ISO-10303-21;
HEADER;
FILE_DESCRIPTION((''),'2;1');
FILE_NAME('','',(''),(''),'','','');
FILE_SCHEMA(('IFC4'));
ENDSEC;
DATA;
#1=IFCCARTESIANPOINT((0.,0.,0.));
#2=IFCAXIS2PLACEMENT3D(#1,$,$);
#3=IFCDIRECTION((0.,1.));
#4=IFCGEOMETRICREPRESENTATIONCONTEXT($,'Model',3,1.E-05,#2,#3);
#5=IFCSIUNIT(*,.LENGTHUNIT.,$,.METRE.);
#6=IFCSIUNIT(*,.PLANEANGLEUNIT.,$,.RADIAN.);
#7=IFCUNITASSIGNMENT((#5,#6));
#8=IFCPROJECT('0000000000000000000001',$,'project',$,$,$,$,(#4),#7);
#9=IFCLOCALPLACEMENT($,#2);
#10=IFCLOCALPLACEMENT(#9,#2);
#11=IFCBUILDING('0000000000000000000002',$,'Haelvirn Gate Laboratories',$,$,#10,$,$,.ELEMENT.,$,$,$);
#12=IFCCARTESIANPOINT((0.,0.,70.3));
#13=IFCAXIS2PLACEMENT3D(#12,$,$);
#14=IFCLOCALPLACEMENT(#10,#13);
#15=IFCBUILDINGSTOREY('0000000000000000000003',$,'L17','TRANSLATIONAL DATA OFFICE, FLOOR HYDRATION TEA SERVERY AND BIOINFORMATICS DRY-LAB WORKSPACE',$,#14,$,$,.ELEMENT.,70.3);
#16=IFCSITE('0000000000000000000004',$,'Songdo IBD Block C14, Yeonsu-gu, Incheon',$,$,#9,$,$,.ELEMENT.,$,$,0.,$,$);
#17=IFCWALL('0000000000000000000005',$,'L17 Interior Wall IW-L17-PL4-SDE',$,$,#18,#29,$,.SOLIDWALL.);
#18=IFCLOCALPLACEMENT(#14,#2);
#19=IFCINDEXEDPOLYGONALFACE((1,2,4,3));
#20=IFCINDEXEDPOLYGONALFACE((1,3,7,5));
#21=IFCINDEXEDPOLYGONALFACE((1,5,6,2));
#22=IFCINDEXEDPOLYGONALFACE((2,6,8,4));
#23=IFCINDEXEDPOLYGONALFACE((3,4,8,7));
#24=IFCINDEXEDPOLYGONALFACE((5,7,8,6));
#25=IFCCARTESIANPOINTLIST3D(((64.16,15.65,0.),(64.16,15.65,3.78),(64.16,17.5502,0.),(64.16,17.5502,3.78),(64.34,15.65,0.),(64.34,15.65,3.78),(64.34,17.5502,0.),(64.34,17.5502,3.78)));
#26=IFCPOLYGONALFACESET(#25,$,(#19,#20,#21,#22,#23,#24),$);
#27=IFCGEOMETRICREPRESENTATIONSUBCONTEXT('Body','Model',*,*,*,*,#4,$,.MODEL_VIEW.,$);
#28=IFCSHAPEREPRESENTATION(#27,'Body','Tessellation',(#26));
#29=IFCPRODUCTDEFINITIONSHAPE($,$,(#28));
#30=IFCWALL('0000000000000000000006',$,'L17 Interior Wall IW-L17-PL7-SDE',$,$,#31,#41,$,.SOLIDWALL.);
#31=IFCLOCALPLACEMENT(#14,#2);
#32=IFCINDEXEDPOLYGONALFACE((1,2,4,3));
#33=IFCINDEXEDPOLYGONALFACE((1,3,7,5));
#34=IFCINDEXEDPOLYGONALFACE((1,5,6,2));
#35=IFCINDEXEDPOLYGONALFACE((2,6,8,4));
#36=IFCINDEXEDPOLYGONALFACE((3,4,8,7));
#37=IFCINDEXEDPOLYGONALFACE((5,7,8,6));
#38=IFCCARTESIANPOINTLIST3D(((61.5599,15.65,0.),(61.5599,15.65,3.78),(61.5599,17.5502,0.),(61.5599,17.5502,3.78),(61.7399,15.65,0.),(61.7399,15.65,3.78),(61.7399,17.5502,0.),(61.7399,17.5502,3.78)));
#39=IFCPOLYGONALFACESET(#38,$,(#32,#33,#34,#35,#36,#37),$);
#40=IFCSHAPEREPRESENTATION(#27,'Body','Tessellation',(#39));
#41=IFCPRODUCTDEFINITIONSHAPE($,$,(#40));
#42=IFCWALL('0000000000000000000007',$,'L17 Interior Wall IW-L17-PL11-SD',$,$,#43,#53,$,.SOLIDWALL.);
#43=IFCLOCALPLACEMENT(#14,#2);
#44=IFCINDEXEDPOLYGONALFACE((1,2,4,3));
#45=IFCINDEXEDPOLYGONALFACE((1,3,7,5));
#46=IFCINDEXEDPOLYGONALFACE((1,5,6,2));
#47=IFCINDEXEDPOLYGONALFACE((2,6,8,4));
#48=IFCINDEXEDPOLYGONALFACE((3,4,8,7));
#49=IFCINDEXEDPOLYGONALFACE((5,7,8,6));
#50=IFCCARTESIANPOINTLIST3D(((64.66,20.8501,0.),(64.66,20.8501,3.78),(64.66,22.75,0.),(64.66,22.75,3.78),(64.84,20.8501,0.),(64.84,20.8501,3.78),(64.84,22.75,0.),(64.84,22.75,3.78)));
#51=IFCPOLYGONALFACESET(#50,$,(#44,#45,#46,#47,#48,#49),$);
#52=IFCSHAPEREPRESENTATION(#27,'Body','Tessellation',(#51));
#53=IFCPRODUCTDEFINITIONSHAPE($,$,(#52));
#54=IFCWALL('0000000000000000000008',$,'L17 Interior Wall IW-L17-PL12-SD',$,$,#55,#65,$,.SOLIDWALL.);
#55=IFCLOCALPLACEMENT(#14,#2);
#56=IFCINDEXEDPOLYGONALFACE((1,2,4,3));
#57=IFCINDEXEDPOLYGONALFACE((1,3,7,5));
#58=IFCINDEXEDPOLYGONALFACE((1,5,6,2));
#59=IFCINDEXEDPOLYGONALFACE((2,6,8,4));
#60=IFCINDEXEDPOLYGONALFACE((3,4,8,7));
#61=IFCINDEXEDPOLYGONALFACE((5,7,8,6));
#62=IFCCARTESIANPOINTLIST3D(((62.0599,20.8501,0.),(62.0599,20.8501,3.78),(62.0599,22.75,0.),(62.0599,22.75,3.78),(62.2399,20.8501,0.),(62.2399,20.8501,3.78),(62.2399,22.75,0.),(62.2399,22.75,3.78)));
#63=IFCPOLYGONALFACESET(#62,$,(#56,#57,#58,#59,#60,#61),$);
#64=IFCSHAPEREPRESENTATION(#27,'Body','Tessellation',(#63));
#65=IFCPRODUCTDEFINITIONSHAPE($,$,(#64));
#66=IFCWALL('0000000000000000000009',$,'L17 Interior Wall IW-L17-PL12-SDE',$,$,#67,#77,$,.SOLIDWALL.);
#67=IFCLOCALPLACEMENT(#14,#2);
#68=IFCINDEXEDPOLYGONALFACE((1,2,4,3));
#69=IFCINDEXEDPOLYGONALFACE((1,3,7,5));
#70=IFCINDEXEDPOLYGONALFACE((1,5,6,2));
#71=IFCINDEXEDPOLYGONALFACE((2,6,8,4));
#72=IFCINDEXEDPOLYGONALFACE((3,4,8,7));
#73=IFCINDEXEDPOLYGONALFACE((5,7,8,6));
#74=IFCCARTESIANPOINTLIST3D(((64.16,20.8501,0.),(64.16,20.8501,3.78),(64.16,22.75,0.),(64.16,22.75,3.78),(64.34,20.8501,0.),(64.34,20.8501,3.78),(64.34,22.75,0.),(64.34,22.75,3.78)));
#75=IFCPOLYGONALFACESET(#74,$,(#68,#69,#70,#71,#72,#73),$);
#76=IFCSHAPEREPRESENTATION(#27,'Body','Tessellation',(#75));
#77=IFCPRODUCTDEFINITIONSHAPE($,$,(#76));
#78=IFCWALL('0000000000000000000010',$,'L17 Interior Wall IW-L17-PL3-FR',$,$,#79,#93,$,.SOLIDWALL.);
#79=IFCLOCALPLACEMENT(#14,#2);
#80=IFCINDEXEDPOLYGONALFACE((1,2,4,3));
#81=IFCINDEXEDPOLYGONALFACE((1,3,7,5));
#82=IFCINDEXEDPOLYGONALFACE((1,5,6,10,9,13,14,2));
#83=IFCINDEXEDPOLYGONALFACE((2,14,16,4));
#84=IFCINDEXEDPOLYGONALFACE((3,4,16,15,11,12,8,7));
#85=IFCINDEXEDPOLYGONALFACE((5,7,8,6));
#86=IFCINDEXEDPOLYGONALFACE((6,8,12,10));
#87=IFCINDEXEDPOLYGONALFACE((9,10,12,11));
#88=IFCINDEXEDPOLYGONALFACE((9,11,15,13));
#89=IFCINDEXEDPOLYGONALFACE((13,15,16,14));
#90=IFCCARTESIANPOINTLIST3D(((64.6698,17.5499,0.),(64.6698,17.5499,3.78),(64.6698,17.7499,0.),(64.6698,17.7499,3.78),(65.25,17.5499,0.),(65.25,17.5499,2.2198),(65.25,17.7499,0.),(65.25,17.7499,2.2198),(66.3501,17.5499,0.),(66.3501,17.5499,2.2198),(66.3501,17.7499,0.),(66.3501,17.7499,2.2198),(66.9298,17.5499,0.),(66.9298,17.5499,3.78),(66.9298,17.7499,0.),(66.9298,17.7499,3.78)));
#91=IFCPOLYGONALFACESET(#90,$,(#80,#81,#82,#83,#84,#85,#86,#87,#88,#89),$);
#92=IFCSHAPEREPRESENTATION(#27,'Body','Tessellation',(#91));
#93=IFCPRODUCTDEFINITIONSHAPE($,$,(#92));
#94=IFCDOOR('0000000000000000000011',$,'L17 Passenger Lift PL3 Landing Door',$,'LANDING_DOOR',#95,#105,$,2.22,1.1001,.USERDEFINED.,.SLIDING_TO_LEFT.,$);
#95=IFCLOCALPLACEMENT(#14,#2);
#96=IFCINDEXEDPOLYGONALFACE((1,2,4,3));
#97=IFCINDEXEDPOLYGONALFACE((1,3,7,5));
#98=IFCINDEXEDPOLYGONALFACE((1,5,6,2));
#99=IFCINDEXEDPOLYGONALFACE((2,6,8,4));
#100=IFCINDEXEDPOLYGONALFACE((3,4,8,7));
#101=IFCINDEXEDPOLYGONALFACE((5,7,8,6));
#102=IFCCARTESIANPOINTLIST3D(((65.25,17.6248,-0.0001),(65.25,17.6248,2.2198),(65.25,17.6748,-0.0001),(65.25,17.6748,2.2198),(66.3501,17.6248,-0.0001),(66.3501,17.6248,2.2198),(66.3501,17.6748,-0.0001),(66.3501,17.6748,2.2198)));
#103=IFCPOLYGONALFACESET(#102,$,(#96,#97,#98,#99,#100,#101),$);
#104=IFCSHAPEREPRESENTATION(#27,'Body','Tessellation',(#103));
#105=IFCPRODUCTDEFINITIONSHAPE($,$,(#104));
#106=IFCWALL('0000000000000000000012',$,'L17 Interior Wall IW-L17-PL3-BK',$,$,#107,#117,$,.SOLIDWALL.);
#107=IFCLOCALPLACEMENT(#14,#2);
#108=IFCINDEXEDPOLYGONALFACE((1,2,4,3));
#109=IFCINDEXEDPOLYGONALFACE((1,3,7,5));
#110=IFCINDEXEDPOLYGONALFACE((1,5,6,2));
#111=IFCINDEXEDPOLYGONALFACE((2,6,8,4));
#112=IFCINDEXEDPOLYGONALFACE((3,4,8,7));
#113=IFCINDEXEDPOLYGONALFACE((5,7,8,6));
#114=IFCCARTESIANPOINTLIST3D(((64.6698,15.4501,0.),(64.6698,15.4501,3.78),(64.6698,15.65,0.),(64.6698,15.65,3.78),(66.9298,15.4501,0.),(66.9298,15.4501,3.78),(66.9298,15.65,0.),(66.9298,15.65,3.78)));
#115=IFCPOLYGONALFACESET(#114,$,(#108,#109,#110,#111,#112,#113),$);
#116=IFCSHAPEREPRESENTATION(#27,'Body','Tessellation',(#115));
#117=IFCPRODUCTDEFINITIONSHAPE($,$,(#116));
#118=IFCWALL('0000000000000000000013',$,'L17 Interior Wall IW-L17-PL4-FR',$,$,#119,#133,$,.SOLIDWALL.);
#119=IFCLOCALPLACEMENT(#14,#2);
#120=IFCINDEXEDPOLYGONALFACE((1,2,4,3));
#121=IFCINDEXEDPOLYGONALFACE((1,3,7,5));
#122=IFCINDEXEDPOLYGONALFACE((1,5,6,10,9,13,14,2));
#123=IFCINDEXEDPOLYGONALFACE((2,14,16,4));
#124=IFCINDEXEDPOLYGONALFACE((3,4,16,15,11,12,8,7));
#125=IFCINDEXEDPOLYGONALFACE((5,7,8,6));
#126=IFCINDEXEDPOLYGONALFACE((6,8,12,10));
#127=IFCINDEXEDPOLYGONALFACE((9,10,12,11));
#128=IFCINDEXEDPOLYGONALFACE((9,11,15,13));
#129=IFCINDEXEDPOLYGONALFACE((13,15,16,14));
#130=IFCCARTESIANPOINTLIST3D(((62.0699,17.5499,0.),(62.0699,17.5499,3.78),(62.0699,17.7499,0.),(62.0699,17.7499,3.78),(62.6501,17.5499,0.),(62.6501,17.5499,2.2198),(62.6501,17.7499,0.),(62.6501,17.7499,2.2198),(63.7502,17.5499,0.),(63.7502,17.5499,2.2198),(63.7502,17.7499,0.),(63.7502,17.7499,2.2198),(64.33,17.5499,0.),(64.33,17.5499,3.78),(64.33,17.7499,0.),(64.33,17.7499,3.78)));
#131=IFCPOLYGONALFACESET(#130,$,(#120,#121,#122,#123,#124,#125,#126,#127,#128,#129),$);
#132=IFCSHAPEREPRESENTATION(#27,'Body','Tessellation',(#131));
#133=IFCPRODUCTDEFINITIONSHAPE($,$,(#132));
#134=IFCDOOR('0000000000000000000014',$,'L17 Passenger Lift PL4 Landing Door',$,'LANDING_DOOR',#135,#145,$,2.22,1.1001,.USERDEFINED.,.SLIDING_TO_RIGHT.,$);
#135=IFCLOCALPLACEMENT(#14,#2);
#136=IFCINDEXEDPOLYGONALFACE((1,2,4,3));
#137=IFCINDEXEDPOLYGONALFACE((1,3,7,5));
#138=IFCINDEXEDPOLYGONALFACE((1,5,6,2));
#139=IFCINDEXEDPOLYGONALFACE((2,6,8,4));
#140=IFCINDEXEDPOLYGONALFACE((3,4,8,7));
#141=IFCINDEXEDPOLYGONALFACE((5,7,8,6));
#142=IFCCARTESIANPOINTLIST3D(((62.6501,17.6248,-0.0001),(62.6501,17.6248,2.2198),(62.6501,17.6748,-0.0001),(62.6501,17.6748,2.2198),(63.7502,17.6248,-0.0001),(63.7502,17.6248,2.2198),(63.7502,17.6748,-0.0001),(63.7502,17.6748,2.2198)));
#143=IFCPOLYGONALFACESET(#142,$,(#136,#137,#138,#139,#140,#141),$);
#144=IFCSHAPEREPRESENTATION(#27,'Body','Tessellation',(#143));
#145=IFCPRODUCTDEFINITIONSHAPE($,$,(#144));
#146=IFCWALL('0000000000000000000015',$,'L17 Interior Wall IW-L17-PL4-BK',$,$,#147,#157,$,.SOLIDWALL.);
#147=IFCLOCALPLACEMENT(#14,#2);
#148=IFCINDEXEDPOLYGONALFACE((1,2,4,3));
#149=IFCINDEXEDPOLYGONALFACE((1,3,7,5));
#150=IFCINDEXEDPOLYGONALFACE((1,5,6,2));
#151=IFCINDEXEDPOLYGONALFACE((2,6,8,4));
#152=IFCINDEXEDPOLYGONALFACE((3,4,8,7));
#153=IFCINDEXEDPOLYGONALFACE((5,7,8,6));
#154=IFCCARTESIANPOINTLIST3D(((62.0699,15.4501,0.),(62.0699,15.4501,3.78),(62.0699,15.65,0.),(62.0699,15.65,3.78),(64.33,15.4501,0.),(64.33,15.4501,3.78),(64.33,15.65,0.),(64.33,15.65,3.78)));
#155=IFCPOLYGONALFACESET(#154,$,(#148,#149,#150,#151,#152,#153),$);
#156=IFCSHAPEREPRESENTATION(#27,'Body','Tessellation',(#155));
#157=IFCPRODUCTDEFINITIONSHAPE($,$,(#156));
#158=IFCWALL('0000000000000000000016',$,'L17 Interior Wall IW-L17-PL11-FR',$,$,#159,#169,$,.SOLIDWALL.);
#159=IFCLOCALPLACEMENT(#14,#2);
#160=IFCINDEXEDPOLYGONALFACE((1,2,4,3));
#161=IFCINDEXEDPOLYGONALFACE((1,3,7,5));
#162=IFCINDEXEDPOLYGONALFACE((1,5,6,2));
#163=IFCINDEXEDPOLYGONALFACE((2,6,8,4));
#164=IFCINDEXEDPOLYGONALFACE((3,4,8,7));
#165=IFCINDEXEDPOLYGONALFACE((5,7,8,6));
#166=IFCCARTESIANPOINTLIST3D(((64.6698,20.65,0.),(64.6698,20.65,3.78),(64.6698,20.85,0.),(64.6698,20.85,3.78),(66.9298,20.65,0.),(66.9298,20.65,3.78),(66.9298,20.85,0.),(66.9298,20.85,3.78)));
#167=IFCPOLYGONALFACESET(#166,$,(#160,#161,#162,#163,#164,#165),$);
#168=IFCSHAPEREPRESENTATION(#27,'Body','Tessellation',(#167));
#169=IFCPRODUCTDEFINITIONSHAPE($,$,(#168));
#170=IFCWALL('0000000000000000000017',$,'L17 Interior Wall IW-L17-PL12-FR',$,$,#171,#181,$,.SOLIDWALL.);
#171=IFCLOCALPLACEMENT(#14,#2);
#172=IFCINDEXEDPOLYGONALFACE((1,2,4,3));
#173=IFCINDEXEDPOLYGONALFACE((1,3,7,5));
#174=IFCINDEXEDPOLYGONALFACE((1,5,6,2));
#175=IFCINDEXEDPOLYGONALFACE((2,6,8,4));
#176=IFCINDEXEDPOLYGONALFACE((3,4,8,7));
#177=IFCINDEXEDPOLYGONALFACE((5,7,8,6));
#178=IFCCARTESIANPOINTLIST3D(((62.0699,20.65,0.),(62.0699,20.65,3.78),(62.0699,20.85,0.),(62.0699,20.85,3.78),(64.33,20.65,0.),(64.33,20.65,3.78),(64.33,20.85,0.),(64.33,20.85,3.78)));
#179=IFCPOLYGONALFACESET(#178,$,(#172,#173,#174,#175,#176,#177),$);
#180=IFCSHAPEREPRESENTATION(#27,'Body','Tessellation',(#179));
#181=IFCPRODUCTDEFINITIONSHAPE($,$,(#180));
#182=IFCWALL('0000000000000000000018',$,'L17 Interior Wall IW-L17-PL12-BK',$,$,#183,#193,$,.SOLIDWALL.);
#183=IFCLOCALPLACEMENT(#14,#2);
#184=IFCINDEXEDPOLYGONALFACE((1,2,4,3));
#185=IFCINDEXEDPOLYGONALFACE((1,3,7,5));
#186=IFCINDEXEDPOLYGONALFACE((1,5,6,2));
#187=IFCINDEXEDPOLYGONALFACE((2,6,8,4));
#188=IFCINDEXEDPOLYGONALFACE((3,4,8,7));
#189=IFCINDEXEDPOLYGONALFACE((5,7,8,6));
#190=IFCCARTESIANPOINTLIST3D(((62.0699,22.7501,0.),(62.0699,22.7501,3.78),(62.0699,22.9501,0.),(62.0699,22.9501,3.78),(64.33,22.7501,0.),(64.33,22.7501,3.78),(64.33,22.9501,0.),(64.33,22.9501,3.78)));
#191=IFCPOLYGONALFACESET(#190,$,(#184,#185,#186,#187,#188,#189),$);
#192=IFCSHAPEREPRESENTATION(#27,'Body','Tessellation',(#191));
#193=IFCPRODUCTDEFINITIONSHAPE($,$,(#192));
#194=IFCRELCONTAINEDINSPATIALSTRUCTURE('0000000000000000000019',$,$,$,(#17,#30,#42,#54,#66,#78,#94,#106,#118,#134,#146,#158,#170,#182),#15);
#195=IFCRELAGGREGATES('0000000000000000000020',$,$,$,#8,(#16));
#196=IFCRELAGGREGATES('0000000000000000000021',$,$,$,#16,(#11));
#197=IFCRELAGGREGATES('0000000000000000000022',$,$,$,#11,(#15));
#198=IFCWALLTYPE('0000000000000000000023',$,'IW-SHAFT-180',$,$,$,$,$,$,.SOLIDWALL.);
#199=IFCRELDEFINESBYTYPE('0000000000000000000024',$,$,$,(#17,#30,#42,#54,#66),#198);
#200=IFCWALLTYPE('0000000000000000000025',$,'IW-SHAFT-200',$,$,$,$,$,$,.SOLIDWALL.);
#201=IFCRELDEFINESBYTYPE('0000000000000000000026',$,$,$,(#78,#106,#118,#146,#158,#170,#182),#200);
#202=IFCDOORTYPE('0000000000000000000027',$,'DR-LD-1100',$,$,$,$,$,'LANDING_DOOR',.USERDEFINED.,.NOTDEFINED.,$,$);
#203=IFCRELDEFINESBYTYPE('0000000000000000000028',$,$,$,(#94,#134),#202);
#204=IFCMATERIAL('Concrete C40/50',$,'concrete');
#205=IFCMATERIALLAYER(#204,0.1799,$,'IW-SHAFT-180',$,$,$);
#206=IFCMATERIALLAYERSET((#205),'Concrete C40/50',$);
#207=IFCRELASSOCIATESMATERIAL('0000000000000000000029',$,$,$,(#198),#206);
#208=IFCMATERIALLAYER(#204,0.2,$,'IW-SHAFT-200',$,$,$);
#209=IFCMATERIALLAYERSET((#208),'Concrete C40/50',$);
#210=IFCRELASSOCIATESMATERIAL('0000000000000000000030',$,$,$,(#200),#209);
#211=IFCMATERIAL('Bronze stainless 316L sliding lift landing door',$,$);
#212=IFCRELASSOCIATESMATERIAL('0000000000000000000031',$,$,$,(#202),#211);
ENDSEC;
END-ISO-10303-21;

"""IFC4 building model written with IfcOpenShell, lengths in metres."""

from ifc_helpers import new_model, si_unit, direction, frame, frame_2d, origin, place, context, subcontext, project, spatial, rectangle, extrude, source, transform, mapped, material, layer, layer_set, type_object, type_shapes, element, fill, save


model = new_model("IFC4")

# Units and contexts
model_context = context("Model", 3, precision=1e-05, world=origin(), true_north=direction((0.0, 1.0)))
body_context = subcontext(model_context, "Body", "Model", "MODEL_VIEW")
ifc_project = project(units=[si_unit("LENGTHUNIT", "METRE"), si_unit("PLANEANGLEUNIT", "RADIAN")], contexts=[model_context])

# Site, building, storey
site_placement = place(None, origin())
site = spatial("IfcSite", under=ifc_project, at=site_placement, Name="Songdo IBD Block C14, Yeonsu-gu, Incheon", CompositionType="ELEMENT", RefElevation=0.0)
building_placement = place(site_placement, origin())
building = spatial("IfcBuilding", under=site, at=building_placement, Name="Haelvirn Gate Laboratories", CompositionType="ELEMENT")
storey_placement = place(building_placement, frame((0.0, 0.0, 70.3)))
storey = spatial("IfcBuildingStorey", under=building, at=storey_placement, Name="L17", Description="TRANSLATIONAL DATA OFFICE, FLOOR HYDRATION TEA SERVERY AND BIOINFORMATICS DRY-LAB WORKSPACE", CompositionType="ELEMENT", Elevation=70.3)

# Walls
ifc_material_1 = material(Name="Concrete C40/50", Category="concrete")
ifc_layer_1 = layer(ifc_material_1, 0.1799, Name="IW-SHAFT-180")
ifc_layer_set_1 = layer_set([ifc_layer_1], Name="Concrete C40/50")
wall_type_1 = type_object("IfcWallType", Name="IW-SHAFT-180", PredefinedType="SOLIDWALL", material=ifc_layer_set_1)
for number, where, z_axis, x_axis, name in (
    (1, (64.25, 15.6499, 0.0), (0.0, 0.0, 1.0), (0.0, 1.0, 0.0), "L17 Interior Wall IW-L17-PL4-SDE"),
    (2, (61.6499, 15.6499, 0.0), (0.0, 0.0, 1.0), (0.0, 1.0, 0.0), "L17 Interior Wall IW-L17-PL7-SDE"),
):
    element("IfcWall", number, at=place(storey_placement, frame(where, z_axis=z_axis, x_axis=x_axis)), inside=storey, type_object=wall_type_1, Name=name, PredefinedType="SOLIDWALL", context=body_context, shape_type="SweptSolid", body=[
        extrude(rectangle(XDim=1.9001, YDim=0.1799, at=frame_2d((0.9502, 0.0))), origin(), (0.0, 0.0, 1.0), 3.78),
    ])
for number, where, z_axis, x_axis, name in (
    (3, (64.75, 20.8501, 0.0), (0.0, 0.0, 1.0), (0.0, 1.0, 0.0), "L17 Interior Wall IW-L17-PL11-SD"),
    (4, (62.1499, 20.8501, 0.0), (0.0, 0.0, 1.0), (0.0, 1.0, 0.0), "L17 Interior Wall IW-L17-PL12-SD"),
    (5, (64.25, 20.8501, 0.0), (0.0, 0.0, 1.0), (0.0, 1.0, 0.0), "L17 Interior Wall IW-L17-PL12-SDE"),
):
    element("IfcWall", number, at=place(storey_placement, frame(where, z_axis=z_axis, x_axis=x_axis)), inside=storey, type_object=wall_type_1, Name=name, PredefinedType="SOLIDWALL", context=body_context, shape_type="SweptSolid", body=[
        extrude(rectangle(XDim=1.8999, YDim=0.1799, at=frame_2d((0.95, 0.0))), origin(), (0.0, 0.0, 1.0), 3.78),
    ])

# Wall, opening, door
ifc_layer_2 = layer(ifc_material_1, 0.2, Name="IW-SHAFT-200")
ifc_layer_set_2 = layer_set([ifc_layer_2], Name="Concrete C40/50")
wall_type_2 = type_object("IfcWallType", Name="IW-SHAFT-200", PredefinedType="SOLIDWALL", material=ifc_layer_set_2)
wall_1_placement = place(storey_placement, frame((64.6699, 17.6499, 0.0), z_axis=(0.0, 0.0, 1.0), x_axis=(1.0, 0.0, 0.0)))
wall_1 = element("IfcWall", 6, at=wall_1_placement, inside=storey, type_object=wall_type_2, Name="L17 Interior Wall IW-L17-PL3-FR", PredefinedType="SOLIDWALL", context=body_context, shape_type="SweptSolid", body=[
    extrude(rectangle(XDim=2.26, YDim=0.2, at=frame_2d((1.1299, 0.0))), origin(), (0.0, 0.0, 1.0), 3.78),
])
opening_1_placement = place(wall_1_placement, frame((0.5801, 0.0, 0.0)))
opening_1 = element("IfcOpeningElement", 7, at=opening_1_placement, cuts=wall_1, PredefinedType="OPENING", context=body_context, shape_type="SweptSolid", body=[
    extrude(rectangle(XDim=1.1001, YDim=2.22, at=frame_2d((0.55, 1.1099))), frame((0.0, 0.1099, 0.0), z_axis=(0.0, -1.0, 0.0), x_axis=(1.0, 0.0, 0.0)), (0.0, 0.0, 1.0), 0.22),
])
ifc_material_2 = material(Name="Bronze stainless 316L sliding lift landing door")
door_type_1 = type_object("IfcDoorType", Name="DR-LD-1100", ElementType="LANDING_DOOR", OperationType="NOTDEFINED", PredefinedType="USERDEFINED", material=ifc_material_2)
shared_shape_1 = source(origin(), body_context, "Body", "SweptSolid", [
    extrude(rectangle(XDim=1.1001, YDim=2.22, at=frame_2d((0.55, 1.1099))), frame((0.0, 0.0249, 0.0), z_axis=(0.0, -1.0, 0.0), x_axis=(1.0, 0.0, 0.0)), (0.0, 0.0, 1.0), 0.05),
])
type_shapes(door_type_1, [shared_shape_1])
door_1_placement = place(opening_1_placement, origin())
door_1 = element("IfcDoor", 8, at=door_1_placement, inside=storey, type_object=door_type_1, Name="L17 Passenger Lift PL3 Landing Door", ObjectType="LANDING_DOOR", OperationType="SLIDING_TO_LEFT", OverallHeight=2.22, OverallWidth=1.1001, PredefinedType="USERDEFINED", context=body_context, shape_type="MappedRepresentation", body=[
    mapped(shared_shape_1, transform((0.0, 0.0, 0.0), scale=1.0)),
])
fill(opening_1, door_1)

# Wall
wall_2_placement = place(storey_placement, frame((64.6699, 15.55, 0.0), z_axis=(0.0, 0.0, 1.0), x_axis=(1.0, 0.0, 0.0)))
element("IfcWall", 9, at=wall_2_placement, inside=storey, type_object=wall_type_2, Name="L17 Interior Wall IW-L17-PL3-BK", PredefinedType="SOLIDWALL", context=body_context, shape_type="SweptSolid", body=[
    extrude(rectangle(XDim=2.26, YDim=0.2, at=frame_2d((1.1299, 0.0))), origin(), (0.0, 0.0, 1.0), 3.78),
])

# Wall, opening, door
wall_3_placement = place(storey_placement, frame((62.0701, 17.6499, 0.0), z_axis=(0.0, 0.0, 1.0), x_axis=(1.0, 0.0, 0.0)))
wall_3 = element("IfcWall", 10, at=wall_3_placement, inside=storey, type_object=wall_type_2, Name="L17 Interior Wall IW-L17-PL4-FR", PredefinedType="SOLIDWALL", context=body_context, shape_type="SweptSolid", body=[
    extrude(rectangle(XDim=2.26, YDim=0.2, at=frame_2d((1.1299, 0.0))), origin(), (0.0, 0.0, 1.0), 3.78),
])
opening_2_placement = place(wall_3_placement, frame((0.5801, 0.0, 0.0)))
opening_2 = element("IfcOpeningElement", 11, at=opening_2_placement, cuts=wall_3, PredefinedType="OPENING", context=body_context, shape_type="SweptSolid", body=[
    extrude(rectangle(XDim=1.1001, YDim=2.22, at=frame_2d((0.55, 1.1099))), frame((0.0, 0.1099, 0.0), z_axis=(0.0, -1.0, 0.0), x_axis=(1.0, 0.0, 0.0)), (0.0, 0.0, 1.0), 0.22),
])
door_2_placement = place(opening_2_placement, origin())
door_2 = element("IfcDoor", 12, at=door_2_placement, inside=storey, type_object=door_type_1, Name="L17 Passenger Lift PL4 Landing Door", ObjectType="LANDING_DOOR", OperationType="SLIDING_TO_RIGHT", OverallHeight=2.22, OverallWidth=1.1001, PredefinedType="USERDEFINED", context=body_context, shape_type="MappedRepresentation", body=[
    mapped(shared_shape_1, transform((0.0, 0.0, 0.0), scale=1.0)),
])
fill(opening_2, door_2)

# Walls
for number, where, z_axis, x_axis, name in (
    (13, (62.0701, 15.55, 0.0), (0.0, 0.0, 1.0), (1.0, 0.0, 0.0), "L17 Interior Wall IW-L17-PL4-BK"),
    (14, (64.6699, 20.75, 0.0), (0.0, 0.0, 1.0), (1.0, 0.0, 0.0), "L17 Interior Wall IW-L17-PL11-FR"),
    (15, (62.0701, 20.75, 0.0), (0.0, 0.0, 1.0), (1.0, 0.0, 0.0), "L17 Interior Wall IW-L17-PL12-FR"),
    (16, (62.0701, 22.8501, 0.0), (0.0, 0.0, 1.0), (1.0, 0.0, 0.0), "L17 Interior Wall IW-L17-PL12-BK"),
):
    element("IfcWall", number, at=place(storey_placement, frame(where, z_axis=z_axis, x_axis=x_axis)), inside=storey, type_object=wall_type_2, Name=name, PredefinedType="SOLIDWALL", context=body_context, shape_type="SweptSolid", body=[
        extrude(rectangle(XDim=2.26, YDim=0.2, at=frame_2d((1.1299, 0.0))), origin(), (0.0, 0.0, 1.0), 3.78),
    ])

save(model, "model.ifc")
